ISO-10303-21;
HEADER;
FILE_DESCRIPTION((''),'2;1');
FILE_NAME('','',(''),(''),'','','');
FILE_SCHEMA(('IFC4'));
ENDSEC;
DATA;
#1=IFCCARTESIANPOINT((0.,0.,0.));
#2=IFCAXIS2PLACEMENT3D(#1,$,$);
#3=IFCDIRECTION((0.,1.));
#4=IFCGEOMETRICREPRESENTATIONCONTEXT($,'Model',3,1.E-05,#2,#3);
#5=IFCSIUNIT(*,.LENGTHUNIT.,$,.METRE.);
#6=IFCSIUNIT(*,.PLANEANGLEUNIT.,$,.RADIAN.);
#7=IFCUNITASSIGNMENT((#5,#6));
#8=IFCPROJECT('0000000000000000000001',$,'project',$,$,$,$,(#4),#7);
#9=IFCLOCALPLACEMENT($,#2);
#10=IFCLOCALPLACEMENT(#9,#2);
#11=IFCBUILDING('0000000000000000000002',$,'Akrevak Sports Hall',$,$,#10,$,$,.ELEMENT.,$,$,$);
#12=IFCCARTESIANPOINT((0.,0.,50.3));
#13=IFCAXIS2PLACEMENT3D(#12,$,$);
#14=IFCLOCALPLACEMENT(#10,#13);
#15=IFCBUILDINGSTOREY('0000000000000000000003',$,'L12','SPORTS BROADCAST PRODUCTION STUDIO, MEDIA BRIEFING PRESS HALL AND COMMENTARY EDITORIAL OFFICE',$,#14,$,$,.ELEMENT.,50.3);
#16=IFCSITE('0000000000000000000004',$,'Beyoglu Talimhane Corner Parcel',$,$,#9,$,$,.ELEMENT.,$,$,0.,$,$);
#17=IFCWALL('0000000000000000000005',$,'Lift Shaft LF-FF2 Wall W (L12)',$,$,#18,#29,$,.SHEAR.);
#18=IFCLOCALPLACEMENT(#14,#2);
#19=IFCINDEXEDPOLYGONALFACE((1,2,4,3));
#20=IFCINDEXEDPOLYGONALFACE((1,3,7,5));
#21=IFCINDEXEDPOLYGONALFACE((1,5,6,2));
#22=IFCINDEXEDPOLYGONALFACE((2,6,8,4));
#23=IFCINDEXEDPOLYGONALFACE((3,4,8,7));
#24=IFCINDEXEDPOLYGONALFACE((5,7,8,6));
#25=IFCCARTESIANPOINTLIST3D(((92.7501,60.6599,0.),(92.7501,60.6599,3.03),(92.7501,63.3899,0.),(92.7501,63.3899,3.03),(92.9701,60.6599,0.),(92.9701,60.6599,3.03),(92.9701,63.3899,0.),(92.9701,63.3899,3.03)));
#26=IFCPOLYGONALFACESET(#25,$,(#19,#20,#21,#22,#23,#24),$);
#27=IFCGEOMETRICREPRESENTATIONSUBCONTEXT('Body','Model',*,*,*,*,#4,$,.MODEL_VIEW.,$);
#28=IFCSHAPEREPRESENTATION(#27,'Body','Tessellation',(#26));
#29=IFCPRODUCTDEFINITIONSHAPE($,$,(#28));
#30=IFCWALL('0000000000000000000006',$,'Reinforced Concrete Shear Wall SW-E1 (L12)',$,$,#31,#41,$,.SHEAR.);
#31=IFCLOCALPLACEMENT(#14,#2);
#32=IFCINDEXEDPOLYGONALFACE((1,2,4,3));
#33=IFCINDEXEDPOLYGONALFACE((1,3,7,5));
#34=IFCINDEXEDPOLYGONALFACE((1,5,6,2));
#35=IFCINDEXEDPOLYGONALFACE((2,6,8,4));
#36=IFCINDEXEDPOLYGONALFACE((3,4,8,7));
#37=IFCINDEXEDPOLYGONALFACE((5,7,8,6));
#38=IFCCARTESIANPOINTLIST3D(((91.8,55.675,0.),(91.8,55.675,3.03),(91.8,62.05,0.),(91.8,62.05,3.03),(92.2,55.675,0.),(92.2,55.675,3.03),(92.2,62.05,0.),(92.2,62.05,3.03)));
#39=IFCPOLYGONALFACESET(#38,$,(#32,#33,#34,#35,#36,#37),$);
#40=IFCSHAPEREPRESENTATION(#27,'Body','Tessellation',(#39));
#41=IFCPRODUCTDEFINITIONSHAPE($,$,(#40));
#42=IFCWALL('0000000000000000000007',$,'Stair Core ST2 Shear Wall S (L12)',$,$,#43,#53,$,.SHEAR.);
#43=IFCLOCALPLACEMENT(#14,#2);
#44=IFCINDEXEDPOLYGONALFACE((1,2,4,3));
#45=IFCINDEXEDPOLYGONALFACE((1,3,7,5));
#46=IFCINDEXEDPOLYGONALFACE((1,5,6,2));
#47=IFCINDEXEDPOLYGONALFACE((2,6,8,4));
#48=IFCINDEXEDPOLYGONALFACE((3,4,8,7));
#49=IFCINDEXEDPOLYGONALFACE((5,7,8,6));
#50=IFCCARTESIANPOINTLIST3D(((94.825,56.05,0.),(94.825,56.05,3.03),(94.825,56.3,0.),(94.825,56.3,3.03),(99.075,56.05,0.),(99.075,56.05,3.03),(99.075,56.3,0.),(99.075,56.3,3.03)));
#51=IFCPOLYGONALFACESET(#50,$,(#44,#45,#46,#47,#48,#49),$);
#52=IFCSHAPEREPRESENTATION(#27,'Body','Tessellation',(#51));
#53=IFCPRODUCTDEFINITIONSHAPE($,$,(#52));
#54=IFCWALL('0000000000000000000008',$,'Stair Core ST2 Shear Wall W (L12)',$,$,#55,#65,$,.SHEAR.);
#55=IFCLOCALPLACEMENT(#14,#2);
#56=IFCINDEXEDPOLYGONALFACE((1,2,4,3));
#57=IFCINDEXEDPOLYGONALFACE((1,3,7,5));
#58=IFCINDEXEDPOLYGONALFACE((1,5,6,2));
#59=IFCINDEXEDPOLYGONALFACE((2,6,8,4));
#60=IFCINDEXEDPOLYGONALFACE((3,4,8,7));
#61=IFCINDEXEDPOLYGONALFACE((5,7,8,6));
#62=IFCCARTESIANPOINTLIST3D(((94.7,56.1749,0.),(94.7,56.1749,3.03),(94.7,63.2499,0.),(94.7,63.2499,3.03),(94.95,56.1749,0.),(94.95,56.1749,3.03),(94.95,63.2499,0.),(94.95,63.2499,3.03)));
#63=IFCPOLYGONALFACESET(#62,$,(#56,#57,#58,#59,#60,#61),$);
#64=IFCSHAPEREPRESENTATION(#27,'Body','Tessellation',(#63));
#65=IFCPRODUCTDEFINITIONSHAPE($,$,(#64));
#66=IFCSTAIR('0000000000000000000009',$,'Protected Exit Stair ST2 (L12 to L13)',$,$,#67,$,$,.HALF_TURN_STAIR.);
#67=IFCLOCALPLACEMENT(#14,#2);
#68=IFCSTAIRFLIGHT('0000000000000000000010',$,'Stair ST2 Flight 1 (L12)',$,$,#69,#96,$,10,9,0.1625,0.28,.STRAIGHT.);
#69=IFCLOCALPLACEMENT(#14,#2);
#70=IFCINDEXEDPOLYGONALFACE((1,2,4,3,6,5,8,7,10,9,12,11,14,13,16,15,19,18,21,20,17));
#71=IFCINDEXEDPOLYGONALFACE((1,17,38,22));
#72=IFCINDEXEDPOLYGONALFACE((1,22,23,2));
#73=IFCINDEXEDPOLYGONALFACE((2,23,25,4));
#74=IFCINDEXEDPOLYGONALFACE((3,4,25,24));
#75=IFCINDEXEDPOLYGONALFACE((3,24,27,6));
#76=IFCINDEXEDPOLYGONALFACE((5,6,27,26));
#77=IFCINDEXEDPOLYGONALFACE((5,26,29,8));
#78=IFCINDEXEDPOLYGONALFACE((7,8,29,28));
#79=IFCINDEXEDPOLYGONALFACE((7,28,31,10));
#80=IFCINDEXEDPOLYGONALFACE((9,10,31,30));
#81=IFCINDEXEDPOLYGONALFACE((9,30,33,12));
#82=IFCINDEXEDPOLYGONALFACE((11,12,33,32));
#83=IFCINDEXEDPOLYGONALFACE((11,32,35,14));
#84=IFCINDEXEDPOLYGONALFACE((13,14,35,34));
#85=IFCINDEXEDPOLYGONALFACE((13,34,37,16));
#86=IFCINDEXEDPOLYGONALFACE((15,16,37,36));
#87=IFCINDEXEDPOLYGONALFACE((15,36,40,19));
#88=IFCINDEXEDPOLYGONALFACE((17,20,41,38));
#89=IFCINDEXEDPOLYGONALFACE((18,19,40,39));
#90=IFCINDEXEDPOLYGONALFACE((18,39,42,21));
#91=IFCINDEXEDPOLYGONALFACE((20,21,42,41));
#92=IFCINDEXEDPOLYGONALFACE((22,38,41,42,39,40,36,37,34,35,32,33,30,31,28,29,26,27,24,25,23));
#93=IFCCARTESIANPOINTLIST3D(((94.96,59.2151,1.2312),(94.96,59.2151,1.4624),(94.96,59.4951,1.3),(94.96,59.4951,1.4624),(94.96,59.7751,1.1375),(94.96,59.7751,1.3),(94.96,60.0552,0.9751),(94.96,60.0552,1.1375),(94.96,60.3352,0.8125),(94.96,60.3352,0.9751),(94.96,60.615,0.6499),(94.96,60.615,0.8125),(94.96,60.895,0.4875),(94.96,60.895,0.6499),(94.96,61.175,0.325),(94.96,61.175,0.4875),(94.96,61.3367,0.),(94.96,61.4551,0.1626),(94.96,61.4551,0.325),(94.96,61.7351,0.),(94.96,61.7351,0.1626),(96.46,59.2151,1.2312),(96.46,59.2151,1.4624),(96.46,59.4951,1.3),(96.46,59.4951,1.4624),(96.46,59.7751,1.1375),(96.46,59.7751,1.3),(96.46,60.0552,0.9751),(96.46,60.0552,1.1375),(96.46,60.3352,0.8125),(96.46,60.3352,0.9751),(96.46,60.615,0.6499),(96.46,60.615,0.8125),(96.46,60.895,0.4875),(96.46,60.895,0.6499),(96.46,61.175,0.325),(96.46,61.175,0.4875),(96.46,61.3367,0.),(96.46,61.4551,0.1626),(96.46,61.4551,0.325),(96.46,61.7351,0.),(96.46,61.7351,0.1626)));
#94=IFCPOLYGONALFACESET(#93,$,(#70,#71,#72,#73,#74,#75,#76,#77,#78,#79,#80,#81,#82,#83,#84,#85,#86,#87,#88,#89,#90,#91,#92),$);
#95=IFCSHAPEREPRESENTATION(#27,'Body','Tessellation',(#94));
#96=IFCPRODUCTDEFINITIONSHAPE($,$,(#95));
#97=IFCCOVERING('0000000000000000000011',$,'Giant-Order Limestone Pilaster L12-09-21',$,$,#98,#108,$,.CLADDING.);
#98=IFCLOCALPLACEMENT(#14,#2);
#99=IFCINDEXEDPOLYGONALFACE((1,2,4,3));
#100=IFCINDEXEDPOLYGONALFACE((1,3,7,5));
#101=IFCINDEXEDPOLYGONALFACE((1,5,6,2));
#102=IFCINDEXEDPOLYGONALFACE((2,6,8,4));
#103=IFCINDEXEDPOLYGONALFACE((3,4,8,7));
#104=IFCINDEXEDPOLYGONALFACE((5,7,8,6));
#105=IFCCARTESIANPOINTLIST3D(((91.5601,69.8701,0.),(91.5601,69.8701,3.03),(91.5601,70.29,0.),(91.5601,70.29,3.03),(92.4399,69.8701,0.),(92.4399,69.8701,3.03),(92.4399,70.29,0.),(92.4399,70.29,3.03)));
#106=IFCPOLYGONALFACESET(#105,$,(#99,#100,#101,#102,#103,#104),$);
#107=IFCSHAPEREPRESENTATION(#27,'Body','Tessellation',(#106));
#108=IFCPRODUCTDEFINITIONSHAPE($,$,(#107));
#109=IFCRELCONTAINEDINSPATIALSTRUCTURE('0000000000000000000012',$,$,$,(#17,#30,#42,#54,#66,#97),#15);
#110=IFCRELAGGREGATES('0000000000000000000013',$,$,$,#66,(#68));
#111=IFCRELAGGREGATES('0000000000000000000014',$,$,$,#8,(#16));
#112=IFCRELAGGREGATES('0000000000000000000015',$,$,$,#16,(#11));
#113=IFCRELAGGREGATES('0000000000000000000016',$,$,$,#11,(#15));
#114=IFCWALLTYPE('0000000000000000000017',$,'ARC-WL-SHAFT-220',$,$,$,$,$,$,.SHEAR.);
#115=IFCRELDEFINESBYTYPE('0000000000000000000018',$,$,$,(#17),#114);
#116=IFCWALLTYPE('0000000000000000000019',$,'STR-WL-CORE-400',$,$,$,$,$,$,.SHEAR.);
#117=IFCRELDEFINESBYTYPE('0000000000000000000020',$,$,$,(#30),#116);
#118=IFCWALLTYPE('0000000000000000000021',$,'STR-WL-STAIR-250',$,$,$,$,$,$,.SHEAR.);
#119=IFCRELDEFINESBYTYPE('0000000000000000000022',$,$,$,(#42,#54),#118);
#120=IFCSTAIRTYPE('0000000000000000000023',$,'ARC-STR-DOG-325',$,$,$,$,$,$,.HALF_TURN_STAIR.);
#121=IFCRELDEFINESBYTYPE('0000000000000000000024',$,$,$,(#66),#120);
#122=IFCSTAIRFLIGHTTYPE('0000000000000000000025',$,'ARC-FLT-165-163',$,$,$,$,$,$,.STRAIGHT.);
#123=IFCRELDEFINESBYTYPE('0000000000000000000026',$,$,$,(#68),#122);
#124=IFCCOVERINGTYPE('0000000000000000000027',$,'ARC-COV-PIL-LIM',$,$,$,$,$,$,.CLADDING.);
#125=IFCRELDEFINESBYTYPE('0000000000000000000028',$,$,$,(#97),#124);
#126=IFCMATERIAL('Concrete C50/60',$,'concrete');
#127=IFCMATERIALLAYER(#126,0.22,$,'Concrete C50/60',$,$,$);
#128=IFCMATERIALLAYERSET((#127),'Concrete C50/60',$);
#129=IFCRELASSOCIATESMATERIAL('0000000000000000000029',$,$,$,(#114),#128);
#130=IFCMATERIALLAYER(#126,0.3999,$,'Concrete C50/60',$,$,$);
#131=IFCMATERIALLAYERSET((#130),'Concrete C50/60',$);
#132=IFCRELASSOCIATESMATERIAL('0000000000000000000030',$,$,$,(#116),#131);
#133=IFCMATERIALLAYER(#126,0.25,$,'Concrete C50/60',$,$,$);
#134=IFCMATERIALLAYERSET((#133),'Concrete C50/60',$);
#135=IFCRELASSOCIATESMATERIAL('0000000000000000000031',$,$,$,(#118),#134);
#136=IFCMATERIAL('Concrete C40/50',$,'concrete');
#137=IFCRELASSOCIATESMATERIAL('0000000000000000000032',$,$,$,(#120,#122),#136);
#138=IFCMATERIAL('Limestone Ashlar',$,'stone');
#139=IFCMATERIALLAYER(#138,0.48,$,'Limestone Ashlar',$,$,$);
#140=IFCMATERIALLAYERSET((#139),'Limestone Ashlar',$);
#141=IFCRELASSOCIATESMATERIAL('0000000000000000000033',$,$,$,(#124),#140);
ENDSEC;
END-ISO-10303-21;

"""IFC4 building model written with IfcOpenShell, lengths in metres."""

from ifc_helpers import new_model, si_unit, direction, frame, frame_2d, origin, origin_2d, place, context, subcontext, project, spatial, polyline, rectangle, outline, extrude, material, layer, layer_set, type_object, element, aggregate, save


model = new_model("IFC4")

# Units and contexts
model_context = context("Model", 3, precision=1e-05, world=origin(), true_north=direction((0.0, 1.0)))
body_context = subcontext(model_context, "Body", "Model", "MODEL_VIEW")
ifc_project = project(units=[si_unit("LENGTHUNIT", "METRE"), si_unit("PLANEANGLEUNIT", "RADIAN")], contexts=[model_context])

# Site, building, storey
site_placement = place(None, origin())
site = spatial("IfcSite", under=ifc_project, at=site_placement, Name="Beyoglu Talimhane Corner Parcel", CompositionType="ELEMENT", RefElevation=0.0)
building_placement = place(site_placement, origin())
building = spatial("IfcBuilding", under=site, at=building_placement, Name="Akrevak Sports Hall", CompositionType="ELEMENT")
storey_placement = place(building_placement, frame((0.0, 0.0, 50.3)))
storey = spatial("IfcBuildingStorey", under=building, at=storey_placement, Name="L12", Description="SPORTS BROADCAST PRODUCTION STUDIO, MEDIA BRIEFING PRESS HALL AND COMMENTARY EDITORIAL OFFICE", CompositionType="ELEMENT", Elevation=50.3)

# Shared definitions
ifc_material_1 = material(Name="Concrete C40/50", Category="concrete")
ifc_material_2 = material(Name="Concrete C50/60", Category="concrete")

# Shared definitions
ifc_layer_1 = layer(ifc_material_2, 0.22, Name="Concrete C50/60")
ifc_layer_set_1 = layer_set([ifc_layer_1], Name="Concrete C50/60")
wall_type_1 = type_object("IfcWallType", Name="ARC-WL-SHAFT-220", PredefinedType="SHEAR", material=ifc_layer_set_1)

# Walls
wall_1_placement = place(storey_placement, frame((92.8601, 63.3899, 0.0), z_axis=(0.0, 0.0, 1.0), x_axis=(0.0, -1.0, 0.0)))
element("IfcWall", 1, at=wall_1_placement, inside=storey, type_object=wall_type_1, Name="Lift Shaft LF-FF2 Wall W (L12)", PredefinedType="SHEAR", context=body_context, shape_type="SweptSolid", body=[
    extrude(rectangle(XDim=2.73, YDim=0.22, at=frame_2d((1.365, 0.0))), origin(), (0.0, 0.0, 1.0), 3.03),
])
ifc_layer_2 = layer(ifc_material_2, 0.3999, Name="Concrete C50/60")
ifc_layer_set_2 = layer_set([ifc_layer_2], Name="Concrete C50/60")
wall_type_2 = type_object("IfcWallType", Name="STR-WL-CORE-400", PredefinedType="SHEAR", material=ifc_layer_set_2)
wall_2_placement = place(storey_placement, frame((92.0, 55.675, 0.0), z_axis=(0.0, 0.0, 1.0), x_axis=(0.0, 1.0, 0.0)))
element("IfcWall", 2, at=wall_2_placement, inside=storey, type_object=wall_type_2, Name="Reinforced Concrete Shear Wall SW-E1 (L12)", PredefinedType="SHEAR", context=body_context, shape_type="SweptSolid", body=[
    extrude(rectangle(XDim=6.375, YDim=0.3999, at=frame_2d((3.1875, 0.0))), origin(), (0.0, 0.0, 1.0), 3.03),
])
ifc_layer_3 = layer(ifc_material_2, 0.25, Name="Concrete C50/60")
ifc_layer_set_3 = layer_set([ifc_layer_3], Name="Concrete C50/60")
wall_type_3 = type_object("IfcWallType", Name="STR-WL-STAIR-250", PredefinedType="SHEAR", material=ifc_layer_set_3)
wall_3_placement = place(storey_placement, frame((94.825, 56.175, 0.0), z_axis=(0.0, 0.0, 1.0), x_axis=(1.0, 0.0, 0.0)))
element("IfcWall", 3, at=wall_3_placement, inside=storey, type_object=wall_type_3, Name="Stair Core ST2 Shear Wall S (L12)", PredefinedType="SHEAR", context=body_context, shape_type="SweptSolid", body=[
    extrude(rectangle(XDim=4.25, YDim=0.25, at=frame_2d((2.125, 0.0))), origin(), (0.0, 0.0, 1.0), 3.03),
])
wall_4_placement = place(storey_placement, frame((94.825, 63.25, 0.0), z_axis=(0.0, 0.0, 1.0), x_axis=(0.0, -1.0, 0.0)))
element("IfcWall", 4, at=wall_4_placement, inside=storey, type_object=wall_type_3, Name="Stair Core ST2 Shear Wall W (L12)", PredefinedType="SHEAR", context=body_context, shape_type="SweptSolid", body=[
    extrude(rectangle(XDim=7.075, YDim=0.25, at=frame_2d((3.5376, 0.0))), origin(), (0.0, 0.0, 1.0), 3.03),
])

# Stair, stair flight
stair_type = type_object("IfcStairType", Name="ARC-STR-DOG-325", PredefinedType="HALF_TURN_STAIR", material=ifc_material_1)
stair_placement = place(storey_placement, origin())
stair = element("IfcStair", 5, at=stair_placement, inside=storey, type_object=stair_type, Name="Protected Exit Stair ST2 (L12 to L13)", PredefinedType="HALF_TURN_STAIR")
stair_flight_type = type_object("IfcStairFlightType", Name="ARC-FLT-165-163", PredefinedType="STRAIGHT", material=ifc_material_1)
stair_flight_placement = place(storey_placement, frame((95.71, 61.7351, 0.0), z_axis=(0.0, 0.0, 1.0), x_axis=(0.0, -1.0, 0.0)))
stair_flight = element("IfcStairFlight", 6, at=stair_flight_placement, type_object=stair_flight_type, Name="Stair ST2 Flight 1 (L12)", NumberOfRisers=10, NumberOfTreads=9, PredefinedType="STRAIGHT", RiserHeight=0.1625, TreadLength=0.28, context=body_context, shape_type="SweptSolid", body=[
    extrude(outline(polyline([(0.0, 0.0), (0.0, 0.1626), (0.28, 0.1626), (0.28, 0.325), (0.5601, 0.325), (0.5601, 0.4875), (0.8401, 0.4875), (0.8401, 0.6499), (1.1201, 0.6499), (1.1201, 0.8125), (1.3999, 0.8125), (1.3999, 0.9751), (1.6799, 0.9751), (1.6799, 1.1375), (1.96, 1.1375), (1.96, 1.3), (2.24, 1.3), (2.24, 1.4624), (2.52, 1.4624), (2.52, 1.625), (2.52, 1.2312), (0.3984, 0.0), (0.0, 0.0)])), frame((0.0, 0.75, 0.0), z_axis=(0.0, -1.0, 0.0), x_axis=(1.0, 0.0, 0.0)), (0.0, 0.0, 1.0), 1.5),
])
aggregate(stair, [stair_flight])

# Covering
ifc_material_3 = material(Name="Limestone Ashlar", Category="stone")
ifc_layer_4 = layer(ifc_material_3, 0.48, Name="Limestone Ashlar")
ifc_layer_set_4 = layer_set([ifc_layer_4], Name="Limestone Ashlar")
covering_type = type_object("IfcCoveringType", Name="ARC-COV-PIL-LIM", PredefinedType="CLADDING", material=ifc_layer_set_4)
covering_placement = place(storey_placement, frame((92.0, 70.0801, 0.0), z_axis=(0.0, 0.0, 1.0), x_axis=(-1.0, 0.0, 0.0)))
element("IfcCovering", 7, at=covering_placement, inside=storey, type_object=covering_type, Name="Giant-Order Limestone Pilaster L12-09-21", PredefinedType="CLADDING", context=body_context, shape_type="SweptSolid", body=[
    extrude(rectangle(XDim=0.8799, YDim=0.4199, at=origin_2d()), origin(), (0.0, 0.0, 1.0), 3.03),
])

save(model, "model.ifc")
